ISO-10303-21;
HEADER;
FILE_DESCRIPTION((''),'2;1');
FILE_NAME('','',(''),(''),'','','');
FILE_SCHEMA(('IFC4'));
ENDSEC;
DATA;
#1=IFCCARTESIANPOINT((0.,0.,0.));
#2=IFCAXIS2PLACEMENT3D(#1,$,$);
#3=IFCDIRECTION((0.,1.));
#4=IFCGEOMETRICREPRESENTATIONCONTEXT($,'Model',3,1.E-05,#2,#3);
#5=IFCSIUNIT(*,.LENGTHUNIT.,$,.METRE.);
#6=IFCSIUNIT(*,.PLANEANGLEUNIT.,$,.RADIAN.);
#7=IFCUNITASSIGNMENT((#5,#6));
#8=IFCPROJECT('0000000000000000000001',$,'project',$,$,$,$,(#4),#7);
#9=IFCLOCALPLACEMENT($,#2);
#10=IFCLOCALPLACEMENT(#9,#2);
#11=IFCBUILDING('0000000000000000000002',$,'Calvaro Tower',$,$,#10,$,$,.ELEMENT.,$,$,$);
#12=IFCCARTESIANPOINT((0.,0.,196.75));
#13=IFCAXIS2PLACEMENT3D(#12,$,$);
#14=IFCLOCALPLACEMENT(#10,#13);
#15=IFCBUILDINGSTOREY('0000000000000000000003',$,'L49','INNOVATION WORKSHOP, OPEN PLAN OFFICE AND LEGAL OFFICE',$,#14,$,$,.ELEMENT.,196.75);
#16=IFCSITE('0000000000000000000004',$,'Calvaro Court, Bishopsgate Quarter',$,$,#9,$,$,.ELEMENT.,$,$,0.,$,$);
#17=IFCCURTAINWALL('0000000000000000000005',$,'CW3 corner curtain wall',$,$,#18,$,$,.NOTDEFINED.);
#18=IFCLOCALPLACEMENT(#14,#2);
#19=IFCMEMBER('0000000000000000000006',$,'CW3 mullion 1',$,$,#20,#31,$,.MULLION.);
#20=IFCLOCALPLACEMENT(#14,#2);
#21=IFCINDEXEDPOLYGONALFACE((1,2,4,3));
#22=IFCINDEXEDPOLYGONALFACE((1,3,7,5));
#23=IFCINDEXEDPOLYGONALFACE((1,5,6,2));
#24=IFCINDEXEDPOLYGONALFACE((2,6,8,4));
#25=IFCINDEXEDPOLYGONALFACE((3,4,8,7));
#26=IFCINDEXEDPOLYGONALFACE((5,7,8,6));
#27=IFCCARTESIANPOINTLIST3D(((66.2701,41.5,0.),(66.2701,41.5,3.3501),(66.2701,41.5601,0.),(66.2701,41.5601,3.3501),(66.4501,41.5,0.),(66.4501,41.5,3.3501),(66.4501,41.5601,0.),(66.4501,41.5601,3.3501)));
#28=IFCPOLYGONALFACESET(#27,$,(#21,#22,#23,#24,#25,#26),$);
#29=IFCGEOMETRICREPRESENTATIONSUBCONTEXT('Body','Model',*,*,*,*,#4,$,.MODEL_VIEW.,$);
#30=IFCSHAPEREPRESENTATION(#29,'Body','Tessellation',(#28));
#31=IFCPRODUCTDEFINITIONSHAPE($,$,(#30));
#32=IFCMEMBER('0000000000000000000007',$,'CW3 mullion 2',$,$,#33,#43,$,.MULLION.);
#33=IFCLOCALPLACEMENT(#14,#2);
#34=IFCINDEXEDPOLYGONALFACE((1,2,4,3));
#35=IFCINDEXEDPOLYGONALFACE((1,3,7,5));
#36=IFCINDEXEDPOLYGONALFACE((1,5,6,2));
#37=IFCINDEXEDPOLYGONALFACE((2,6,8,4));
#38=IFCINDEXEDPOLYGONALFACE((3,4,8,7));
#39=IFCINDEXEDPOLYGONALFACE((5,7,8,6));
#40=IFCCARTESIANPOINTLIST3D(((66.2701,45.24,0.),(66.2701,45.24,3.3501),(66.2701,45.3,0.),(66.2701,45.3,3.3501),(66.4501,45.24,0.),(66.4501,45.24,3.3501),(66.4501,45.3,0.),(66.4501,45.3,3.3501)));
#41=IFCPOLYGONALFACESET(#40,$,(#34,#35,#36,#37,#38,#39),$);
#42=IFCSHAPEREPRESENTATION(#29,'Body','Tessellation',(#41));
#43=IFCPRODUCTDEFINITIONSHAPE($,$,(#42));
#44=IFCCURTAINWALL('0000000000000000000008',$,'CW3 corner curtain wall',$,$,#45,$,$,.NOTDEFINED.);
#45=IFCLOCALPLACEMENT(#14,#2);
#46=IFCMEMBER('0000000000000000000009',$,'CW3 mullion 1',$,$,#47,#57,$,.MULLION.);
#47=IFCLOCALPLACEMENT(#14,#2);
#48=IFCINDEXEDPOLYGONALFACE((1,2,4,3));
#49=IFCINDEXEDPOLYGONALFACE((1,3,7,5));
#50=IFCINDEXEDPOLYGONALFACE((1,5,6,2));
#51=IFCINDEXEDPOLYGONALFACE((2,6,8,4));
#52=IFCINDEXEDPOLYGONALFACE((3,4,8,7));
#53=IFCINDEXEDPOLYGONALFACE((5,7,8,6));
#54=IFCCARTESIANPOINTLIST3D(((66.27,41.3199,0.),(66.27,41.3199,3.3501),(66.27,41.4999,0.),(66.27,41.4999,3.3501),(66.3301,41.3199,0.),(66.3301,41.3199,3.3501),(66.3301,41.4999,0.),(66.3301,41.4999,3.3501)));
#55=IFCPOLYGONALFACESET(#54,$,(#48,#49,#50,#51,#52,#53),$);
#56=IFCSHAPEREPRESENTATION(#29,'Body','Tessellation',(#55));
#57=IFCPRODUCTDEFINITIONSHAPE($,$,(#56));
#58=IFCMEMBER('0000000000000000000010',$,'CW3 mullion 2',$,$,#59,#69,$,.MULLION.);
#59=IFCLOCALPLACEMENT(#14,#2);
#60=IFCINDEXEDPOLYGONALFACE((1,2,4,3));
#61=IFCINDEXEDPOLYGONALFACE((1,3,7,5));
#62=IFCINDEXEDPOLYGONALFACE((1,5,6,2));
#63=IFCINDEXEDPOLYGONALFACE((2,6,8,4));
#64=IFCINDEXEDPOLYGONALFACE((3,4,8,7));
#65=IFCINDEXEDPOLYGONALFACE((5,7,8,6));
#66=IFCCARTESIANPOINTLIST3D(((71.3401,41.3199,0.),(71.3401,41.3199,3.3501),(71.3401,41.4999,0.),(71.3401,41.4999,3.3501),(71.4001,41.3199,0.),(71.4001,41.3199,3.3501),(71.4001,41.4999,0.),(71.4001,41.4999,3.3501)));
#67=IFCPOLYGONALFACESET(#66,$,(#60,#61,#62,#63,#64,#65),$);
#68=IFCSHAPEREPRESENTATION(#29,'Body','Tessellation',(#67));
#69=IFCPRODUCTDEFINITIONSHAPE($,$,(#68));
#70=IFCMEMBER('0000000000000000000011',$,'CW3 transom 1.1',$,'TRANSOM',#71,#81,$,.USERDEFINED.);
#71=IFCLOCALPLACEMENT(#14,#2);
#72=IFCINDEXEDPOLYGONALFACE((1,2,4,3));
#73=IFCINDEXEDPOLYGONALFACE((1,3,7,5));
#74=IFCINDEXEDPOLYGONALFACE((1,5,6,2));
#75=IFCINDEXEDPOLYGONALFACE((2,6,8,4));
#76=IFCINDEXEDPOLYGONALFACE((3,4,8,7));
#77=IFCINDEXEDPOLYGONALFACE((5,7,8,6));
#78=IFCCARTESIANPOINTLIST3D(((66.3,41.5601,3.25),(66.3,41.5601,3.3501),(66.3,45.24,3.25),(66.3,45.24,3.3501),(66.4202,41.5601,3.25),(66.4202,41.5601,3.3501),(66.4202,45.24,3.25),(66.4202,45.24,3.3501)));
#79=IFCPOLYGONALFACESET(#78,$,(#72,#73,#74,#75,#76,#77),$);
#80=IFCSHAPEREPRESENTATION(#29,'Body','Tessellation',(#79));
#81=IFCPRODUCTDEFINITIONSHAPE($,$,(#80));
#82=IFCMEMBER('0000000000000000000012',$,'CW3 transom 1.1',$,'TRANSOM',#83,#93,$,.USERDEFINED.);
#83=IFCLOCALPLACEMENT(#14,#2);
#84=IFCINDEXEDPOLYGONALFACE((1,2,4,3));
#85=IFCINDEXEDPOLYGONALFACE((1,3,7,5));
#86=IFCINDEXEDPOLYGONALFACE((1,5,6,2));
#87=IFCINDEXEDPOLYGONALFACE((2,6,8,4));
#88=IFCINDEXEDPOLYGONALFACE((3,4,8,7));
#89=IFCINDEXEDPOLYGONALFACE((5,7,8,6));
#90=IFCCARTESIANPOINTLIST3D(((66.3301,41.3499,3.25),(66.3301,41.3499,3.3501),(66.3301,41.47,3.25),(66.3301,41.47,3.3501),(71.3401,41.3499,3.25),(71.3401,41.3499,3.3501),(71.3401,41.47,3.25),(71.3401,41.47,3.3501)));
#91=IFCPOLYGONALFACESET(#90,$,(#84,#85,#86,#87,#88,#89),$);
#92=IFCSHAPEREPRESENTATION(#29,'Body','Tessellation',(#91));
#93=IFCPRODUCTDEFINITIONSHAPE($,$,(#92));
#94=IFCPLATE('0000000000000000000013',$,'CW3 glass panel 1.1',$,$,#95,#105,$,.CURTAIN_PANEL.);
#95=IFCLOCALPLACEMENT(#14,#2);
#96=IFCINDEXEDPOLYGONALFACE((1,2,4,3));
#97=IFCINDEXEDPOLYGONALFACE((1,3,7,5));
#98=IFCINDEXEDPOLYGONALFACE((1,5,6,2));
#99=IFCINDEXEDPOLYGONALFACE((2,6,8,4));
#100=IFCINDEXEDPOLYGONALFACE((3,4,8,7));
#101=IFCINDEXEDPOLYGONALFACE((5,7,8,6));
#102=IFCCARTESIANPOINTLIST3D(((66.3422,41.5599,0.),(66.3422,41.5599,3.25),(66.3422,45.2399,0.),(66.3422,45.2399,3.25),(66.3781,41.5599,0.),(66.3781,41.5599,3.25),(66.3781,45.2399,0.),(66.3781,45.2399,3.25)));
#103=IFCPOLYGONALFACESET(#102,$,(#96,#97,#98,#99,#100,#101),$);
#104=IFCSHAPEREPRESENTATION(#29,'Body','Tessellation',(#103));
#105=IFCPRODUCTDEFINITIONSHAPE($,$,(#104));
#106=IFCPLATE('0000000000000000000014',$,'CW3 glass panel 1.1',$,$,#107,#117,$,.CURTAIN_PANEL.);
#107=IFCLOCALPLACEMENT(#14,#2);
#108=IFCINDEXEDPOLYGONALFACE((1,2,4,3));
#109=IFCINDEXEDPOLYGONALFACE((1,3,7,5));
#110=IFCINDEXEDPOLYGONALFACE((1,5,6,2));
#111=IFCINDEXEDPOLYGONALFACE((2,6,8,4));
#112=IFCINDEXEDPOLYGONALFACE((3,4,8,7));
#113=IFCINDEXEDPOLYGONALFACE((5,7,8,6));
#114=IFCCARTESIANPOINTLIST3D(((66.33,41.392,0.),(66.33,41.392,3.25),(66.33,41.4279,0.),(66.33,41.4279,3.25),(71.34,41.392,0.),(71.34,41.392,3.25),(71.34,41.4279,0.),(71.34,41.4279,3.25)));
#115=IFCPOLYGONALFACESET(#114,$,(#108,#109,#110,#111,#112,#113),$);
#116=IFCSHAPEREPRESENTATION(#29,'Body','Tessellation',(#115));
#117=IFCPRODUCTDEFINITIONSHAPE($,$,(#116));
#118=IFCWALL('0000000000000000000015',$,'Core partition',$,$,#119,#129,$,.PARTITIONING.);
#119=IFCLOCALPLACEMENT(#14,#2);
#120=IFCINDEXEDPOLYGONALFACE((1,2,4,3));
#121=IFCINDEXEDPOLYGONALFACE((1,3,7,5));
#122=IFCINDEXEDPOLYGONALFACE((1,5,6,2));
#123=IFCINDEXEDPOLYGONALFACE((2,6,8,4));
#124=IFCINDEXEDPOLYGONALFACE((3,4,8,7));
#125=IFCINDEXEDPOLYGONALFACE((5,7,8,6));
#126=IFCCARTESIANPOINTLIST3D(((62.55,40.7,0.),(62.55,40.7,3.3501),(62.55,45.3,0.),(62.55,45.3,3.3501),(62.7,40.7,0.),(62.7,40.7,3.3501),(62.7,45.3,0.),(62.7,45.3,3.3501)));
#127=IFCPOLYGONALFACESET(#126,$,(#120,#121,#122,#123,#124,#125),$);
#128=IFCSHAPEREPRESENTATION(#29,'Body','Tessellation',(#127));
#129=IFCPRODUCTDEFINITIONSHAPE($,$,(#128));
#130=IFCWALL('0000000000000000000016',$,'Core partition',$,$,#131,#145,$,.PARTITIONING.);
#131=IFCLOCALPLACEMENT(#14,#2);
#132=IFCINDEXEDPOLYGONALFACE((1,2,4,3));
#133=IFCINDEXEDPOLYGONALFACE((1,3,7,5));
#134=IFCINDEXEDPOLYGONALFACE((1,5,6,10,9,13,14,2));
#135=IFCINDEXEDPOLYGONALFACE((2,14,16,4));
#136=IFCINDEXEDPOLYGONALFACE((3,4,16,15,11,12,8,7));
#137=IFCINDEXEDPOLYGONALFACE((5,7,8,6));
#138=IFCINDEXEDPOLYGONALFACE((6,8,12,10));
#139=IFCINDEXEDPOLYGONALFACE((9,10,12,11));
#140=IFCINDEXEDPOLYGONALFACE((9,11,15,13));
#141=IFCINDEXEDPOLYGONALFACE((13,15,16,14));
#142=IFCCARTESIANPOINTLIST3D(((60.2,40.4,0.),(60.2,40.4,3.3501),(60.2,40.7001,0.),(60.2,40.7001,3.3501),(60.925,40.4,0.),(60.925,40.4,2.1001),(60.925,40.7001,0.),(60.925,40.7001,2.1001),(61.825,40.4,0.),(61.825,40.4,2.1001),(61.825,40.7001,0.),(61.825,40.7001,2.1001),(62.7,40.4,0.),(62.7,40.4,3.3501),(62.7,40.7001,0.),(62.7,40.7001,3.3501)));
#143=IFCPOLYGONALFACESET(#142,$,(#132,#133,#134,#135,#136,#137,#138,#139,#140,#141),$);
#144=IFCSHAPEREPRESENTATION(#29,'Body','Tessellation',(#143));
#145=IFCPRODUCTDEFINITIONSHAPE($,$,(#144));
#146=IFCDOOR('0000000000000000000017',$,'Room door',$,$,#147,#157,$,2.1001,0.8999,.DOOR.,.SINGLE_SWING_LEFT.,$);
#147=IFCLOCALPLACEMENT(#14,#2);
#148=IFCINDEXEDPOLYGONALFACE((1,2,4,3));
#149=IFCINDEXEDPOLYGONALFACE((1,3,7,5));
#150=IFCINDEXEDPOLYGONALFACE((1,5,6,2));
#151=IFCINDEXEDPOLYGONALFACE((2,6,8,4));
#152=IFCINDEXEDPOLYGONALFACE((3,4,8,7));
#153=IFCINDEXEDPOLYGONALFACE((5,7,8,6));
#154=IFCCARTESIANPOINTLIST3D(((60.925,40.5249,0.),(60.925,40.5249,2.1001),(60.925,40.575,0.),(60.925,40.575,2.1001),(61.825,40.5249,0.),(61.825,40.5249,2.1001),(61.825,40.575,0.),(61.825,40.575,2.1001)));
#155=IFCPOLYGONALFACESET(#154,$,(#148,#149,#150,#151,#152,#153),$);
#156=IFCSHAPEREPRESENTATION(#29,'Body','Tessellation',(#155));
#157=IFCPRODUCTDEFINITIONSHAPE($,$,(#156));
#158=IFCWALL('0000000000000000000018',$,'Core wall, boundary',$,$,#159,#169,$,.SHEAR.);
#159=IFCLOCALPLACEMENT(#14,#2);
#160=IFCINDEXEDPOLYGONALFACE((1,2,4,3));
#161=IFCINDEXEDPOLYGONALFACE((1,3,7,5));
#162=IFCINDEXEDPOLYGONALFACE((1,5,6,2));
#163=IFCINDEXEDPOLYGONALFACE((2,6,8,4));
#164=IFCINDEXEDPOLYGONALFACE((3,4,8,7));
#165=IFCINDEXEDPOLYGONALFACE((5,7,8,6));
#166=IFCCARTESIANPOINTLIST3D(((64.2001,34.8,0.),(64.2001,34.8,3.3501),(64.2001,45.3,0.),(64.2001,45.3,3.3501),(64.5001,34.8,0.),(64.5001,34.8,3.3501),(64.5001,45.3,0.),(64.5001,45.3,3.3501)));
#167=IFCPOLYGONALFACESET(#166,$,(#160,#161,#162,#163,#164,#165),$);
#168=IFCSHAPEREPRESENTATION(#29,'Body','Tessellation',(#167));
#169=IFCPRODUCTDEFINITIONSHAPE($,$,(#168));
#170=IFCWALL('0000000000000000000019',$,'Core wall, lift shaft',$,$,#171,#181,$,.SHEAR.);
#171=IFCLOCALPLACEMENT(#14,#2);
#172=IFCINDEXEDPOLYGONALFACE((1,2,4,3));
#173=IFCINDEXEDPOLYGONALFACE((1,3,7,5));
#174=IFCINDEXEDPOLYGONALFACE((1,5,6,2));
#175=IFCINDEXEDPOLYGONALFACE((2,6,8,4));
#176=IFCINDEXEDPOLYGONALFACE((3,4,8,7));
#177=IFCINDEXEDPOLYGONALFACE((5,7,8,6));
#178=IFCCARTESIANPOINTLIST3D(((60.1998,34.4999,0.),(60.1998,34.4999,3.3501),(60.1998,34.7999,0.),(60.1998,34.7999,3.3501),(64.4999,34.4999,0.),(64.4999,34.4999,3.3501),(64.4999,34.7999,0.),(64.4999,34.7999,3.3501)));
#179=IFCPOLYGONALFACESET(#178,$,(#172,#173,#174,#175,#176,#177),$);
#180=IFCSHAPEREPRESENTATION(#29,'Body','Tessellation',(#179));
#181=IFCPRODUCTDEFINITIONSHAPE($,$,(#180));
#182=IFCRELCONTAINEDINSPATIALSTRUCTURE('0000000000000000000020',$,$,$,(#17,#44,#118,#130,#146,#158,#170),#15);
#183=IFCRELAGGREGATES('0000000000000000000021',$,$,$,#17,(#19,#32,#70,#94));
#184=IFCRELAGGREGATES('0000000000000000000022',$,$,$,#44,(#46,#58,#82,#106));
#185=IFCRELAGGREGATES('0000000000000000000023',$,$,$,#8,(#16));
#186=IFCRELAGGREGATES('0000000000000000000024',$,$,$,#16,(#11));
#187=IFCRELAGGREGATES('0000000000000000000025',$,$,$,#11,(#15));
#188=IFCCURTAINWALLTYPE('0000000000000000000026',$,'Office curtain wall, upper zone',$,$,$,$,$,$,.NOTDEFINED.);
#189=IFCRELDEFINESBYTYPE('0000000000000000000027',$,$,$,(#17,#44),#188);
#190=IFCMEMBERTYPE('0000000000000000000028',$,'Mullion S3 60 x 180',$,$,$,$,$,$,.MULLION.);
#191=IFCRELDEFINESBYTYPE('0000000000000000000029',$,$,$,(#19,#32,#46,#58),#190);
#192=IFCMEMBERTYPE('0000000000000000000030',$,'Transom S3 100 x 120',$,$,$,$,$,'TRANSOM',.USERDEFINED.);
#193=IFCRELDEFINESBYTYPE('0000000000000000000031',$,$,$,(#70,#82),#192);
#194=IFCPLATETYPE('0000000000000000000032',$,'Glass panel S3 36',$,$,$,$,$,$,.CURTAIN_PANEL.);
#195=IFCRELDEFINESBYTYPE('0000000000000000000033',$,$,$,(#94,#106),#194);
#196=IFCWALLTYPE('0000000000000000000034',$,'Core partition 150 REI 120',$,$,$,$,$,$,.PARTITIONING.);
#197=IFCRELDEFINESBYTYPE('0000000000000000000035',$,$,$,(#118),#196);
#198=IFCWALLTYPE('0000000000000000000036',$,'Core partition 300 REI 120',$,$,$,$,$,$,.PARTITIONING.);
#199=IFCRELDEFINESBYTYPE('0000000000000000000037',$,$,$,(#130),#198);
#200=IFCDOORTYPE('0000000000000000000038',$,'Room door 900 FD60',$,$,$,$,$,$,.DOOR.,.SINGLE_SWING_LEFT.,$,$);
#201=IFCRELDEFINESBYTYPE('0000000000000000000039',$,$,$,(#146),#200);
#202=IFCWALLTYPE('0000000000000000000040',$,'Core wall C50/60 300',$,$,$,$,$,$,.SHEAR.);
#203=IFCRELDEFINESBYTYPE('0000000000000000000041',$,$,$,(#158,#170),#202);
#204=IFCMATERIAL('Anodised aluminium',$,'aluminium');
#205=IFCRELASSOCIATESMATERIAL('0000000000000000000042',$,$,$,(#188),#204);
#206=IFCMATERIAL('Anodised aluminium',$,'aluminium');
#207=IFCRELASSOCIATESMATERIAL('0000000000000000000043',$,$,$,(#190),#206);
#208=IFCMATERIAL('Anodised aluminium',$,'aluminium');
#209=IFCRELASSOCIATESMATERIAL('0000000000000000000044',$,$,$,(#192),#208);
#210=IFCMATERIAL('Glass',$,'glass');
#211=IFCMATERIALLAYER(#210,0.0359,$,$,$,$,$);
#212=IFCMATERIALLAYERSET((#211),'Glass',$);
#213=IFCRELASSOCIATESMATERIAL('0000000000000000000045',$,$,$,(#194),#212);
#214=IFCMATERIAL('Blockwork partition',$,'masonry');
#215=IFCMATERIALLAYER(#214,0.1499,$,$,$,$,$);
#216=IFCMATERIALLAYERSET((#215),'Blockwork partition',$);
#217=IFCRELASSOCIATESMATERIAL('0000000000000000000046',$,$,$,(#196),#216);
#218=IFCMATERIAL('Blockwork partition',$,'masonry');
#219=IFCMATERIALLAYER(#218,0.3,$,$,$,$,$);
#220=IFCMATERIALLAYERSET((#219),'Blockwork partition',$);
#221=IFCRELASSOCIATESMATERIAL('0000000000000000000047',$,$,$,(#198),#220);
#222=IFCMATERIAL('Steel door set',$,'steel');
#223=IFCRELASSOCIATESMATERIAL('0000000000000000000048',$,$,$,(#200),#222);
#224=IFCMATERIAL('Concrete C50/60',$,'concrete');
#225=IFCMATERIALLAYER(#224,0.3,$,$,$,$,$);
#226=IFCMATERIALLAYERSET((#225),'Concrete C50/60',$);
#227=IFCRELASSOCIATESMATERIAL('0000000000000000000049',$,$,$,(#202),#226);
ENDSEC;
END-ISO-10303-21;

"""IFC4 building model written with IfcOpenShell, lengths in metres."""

from ifc_helpers import new_model, si_unit, direction, frame, frame_2d, origin, origin_2d, place, context, subcontext, project, spatial, rectangle, extrude, material, layer, layer_set, material_profile, profile_set, type_object, element, fill, aggregate, save


model = new_model("IFC4")

# Units and contexts
model_context = context("Model", 3, precision=1e-05, world=origin(), true_north=direction((0.0, 1.0)))
body_context = subcontext(model_context, "Body", "Model", "MODEL_VIEW")
ifc_project = project(units=[si_unit("LENGTHUNIT", "METRE"), si_unit("PLANEANGLEUNIT", "RADIAN")], contexts=[model_context])

# Site, building, storey
site_placement = place(None, origin())
site = spatial("IfcSite", under=ifc_project, at=site_placement, Name="Calvaro Court, Bishopsgate Quarter", CompositionType="ELEMENT", RefElevation=0.0)
building_placement = place(site_placement, origin())
building = spatial("IfcBuilding", under=site, at=building_placement, Name="Calvaro Tower", CompositionType="ELEMENT")
storey_placement = place(building_placement, frame((0.0, 0.0, 196.75)))
storey = spatial("IfcBuildingStorey", under=building, at=storey_placement, Name="L49", Description="INNOVATION WORKSHOP, OPEN PLAN OFFICE AND LEGAL OFFICE", CompositionType="ELEMENT", Elevation=196.75)

# Curtain walls, members
ifc_material_1 = material(Name="Anodised aluminium", Category="aluminium")
curtain_wall_type = type_object("IfcCurtainWallType", Name="Office curtain wall, upper zone", PredefinedType="NOTDEFINED", material=ifc_material_1)
curtain_wall_1_placement = place(storey_placement, origin())
curtain_wall_1 = element("IfcCurtainWall", 1, at=curtain_wall_1_placement, inside=storey, type_object=curtain_wall_type, Name="CW3 corner curtain wall", PredefinedType="NOTDEFINED")
ifc_material_2 = material(Name="Anodised aluminium", Category="aluminium")
ifc_material_profile_1 = material_profile(ifc_material_2, rectangle(XDim=0.1799, YDim=0.0601, at=origin_2d()), Name="Mullion S3 60 x 180")
ifc_profile_set_1 = profile_set([ifc_material_profile_1], Name="Anodised aluminium")
member_type_1 = type_object("IfcMemberType", Name="Mullion S3 60 x 180", PredefinedType="MULLION", material=ifc_profile_set_1)
member_1_placement = place(storey_placement, frame((66.3601, 41.53, 0.0), z_axis=(0.0, 0.0, 1.0), x_axis=(-1.0, 0.0, 0.0)))
member_1 = element("IfcMember", 2, at=member_1_placement, type_object=member_type_1, Name="CW3 mullion 1", PredefinedType="MULLION", context=body_context, shape_type="SweptSolid", body=[
    extrude(rectangle(XDim=0.1799, YDim=0.0601, at=origin_2d()), origin(), (0.0, 0.0, 1.0), 3.3501),
])
member_2_placement = place(storey_placement, frame((66.3601, 45.27, 0.0), z_axis=(0.0, 0.0, 1.0), x_axis=(-1.0, 0.0, 0.0)))
member_2 = element("IfcMember", 3, at=member_2_placement, type_object=member_type_1, Name="CW3 mullion 2", PredefinedType="MULLION", context=body_context, shape_type="SweptSolid", body=[
    extrude(rectangle(XDim=0.1799, YDim=0.0601, at=origin_2d()), origin(), (0.0, 0.0, 1.0), 3.3501),
])
curtain_wall_2_placement = place(storey_placement, origin())
curtain_wall_2 = element("IfcCurtainWall", 4, at=curtain_wall_2_placement, inside=storey, type_object=curtain_wall_type, Name="CW3 corner curtain wall", PredefinedType="NOTDEFINED")
member_3_placement = place(storey_placement, frame((66.3, 41.4099, 0.0), z_axis=(0.0, 0.0, 1.0), x_axis=(0.0, 1.0, 0.0)))
member_3 = element("IfcMember", 5, at=member_3_placement, type_object=member_type_1, Name="CW3 mullion 1", PredefinedType="MULLION", context=body_context, shape_type="SweptSolid", body=[
    extrude(rectangle(XDim=0.1799, YDim=0.0601, at=origin_2d()), origin(), (0.0, 0.0, 1.0), 3.3501),
])
member_4_placement = place(storey_placement, frame((71.3701, 41.4099, 0.0), z_axis=(0.0, 0.0, 1.0), x_axis=(0.0, 1.0, 0.0)))
member_4 = element("IfcMember", 6, at=member_4_placement, type_object=member_type_1, Name="CW3 mullion 2", PredefinedType="MULLION", context=body_context, shape_type="SweptSolid", body=[
    extrude(rectangle(XDim=0.1799, YDim=0.0601, at=origin_2d()), origin(), (0.0, 0.0, 1.0), 3.3501),
])

# Members
ifc_material_3 = material(Name="Anodised aluminium", Category="aluminium")
ifc_material_profile_2 = material_profile(ifc_material_3, rectangle(XDim=0.1201, YDim=0.1001, at=origin_2d()), Name="Transom S3 100 x 120")
ifc_profile_set_2 = profile_set([ifc_material_profile_2], Name="Anodised aluminium")
member_type_2 = type_object("IfcMemberType", Name="Transom S3 100 x 120", ElementType="TRANSOM", PredefinedType="USERDEFINED", material=ifc_profile_set_2)
member_5_placement = place(storey_placement, frame((66.3601, 41.5601, 3.3), z_axis=(0.0, 1.0, 0.0), x_axis=(-1.0, 0.0, 0.0)))
member_5 = element("IfcMember", 7, at=member_5_placement, type_object=member_type_2, Name="CW3 transom 1.1", ObjectType="TRANSOM", PredefinedType="USERDEFINED", context=body_context, shape_type="SweptSolid", body=[
    extrude(rectangle(XDim=0.1201, YDim=0.1001, at=origin_2d()), origin(), (0.0, 0.0, 1.0), 3.6799),
])
member_6_placement = place(storey_placement, frame((66.3301, 41.4099, 3.3), z_axis=(1.0, 0.0, 0.0), x_axis=(0.0, 1.0, 0.0)))
member_6 = element("IfcMember", 8, at=member_6_placement, type_object=member_type_2, Name="CW3 transom 1.1", ObjectType="TRANSOM", PredefinedType="USERDEFINED", context=body_context, shape_type="SweptSolid", body=[
    extrude(rectangle(XDim=0.1201, YDim=0.1001, at=origin_2d()), origin(), (0.0, 0.0, 1.0), 5.01),
])

# Plates
ifc_material_4 = material(Name="Glass", Category="glass")
ifc_layer_1 = layer(ifc_material_4, 0.0359)
ifc_layer_set_1 = layer_set([ifc_layer_1], Name="Glass")
plate_type = type_object("IfcPlateType", Name="Glass panel S3 36", PredefinedType="CURTAIN_PANEL", material=ifc_layer_set_1)
plate_1_placement = place(storey_placement, frame((66.3601, 43.3999, 0.0), z_axis=(0.0, 0.0, 1.0), x_axis=(0.0, 1.0, 0.0)))
plate_1 = element("IfcPlate", 9, at=plate_1_placement, type_object=plate_type, Name="CW3 glass panel 1.1", PredefinedType="CURTAIN_PANEL", context=body_context, shape_type="SweptSolid", body=[
    extrude(rectangle(XDim=3.6799, YDim=0.0359, at=origin_2d()), origin(), (0.0, 0.0, 1.0), 3.25),
])
aggregate(curtain_wall_1, [member_1, member_2, member_5, plate_1])
plate_2_placement = place(storey_placement, frame((68.835, 41.4099, 0.0), z_axis=(0.0, 0.0, 1.0), x_axis=(1.0, 0.0, 0.0)))
plate_2 = element("IfcPlate", 10, at=plate_2_placement, type_object=plate_type, Name="CW3 glass panel 1.1", PredefinedType="CURTAIN_PANEL", context=body_context, shape_type="SweptSolid", body=[
    extrude(rectangle(XDim=5.01, YDim=0.0359, at=origin_2d()), origin(), (0.0, 0.0, 1.0), 3.25),
])
aggregate(curtain_wall_2, [member_3, member_4, member_6, plate_2])

# Wall
ifc_material_5 = material(Name="Blockwork partition", Category="masonry")
ifc_layer_2 = layer(ifc_material_5, 0.1499)
ifc_layer_set_2 = layer_set([ifc_layer_2], Name="Blockwork partition")
wall_type_1 = type_object("IfcWallType", Name="Core partition 150 REI 120", PredefinedType="PARTITIONING", material=ifc_layer_set_2)
wall_1_placement = place(storey_placement, frame((62.625, 40.7, 0.0), z_axis=(0.0, 0.0, 1.0), x_axis=(0.0, 1.0, 0.0)))
element("IfcWall", 11, at=wall_1_placement, inside=storey, type_object=wall_type_1, Name="Core partition", PredefinedType="PARTITIONING", context=body_context, shape_type="SweptSolid", body=[
    extrude(rectangle(XDim=4.6001, YDim=0.1499, at=frame_2d((2.3, 0.0))), origin(), (0.0, 0.0, 1.0), 3.3501),
])

# Wall, opening, door
ifc_material_6 = material(Name="Blockwork partition", Category="masonry")
ifc_layer_3 = layer(ifc_material_6, 0.3)
ifc_layer_set_3 = layer_set([ifc_layer_3], Name="Blockwork partition")
wall_type_2 = type_object("IfcWallType", Name="Core partition 300 REI 120", PredefinedType="PARTITIONING", material=ifc_layer_set_3)
wall_2_placement = place(storey_placement, frame((60.2, 40.55, 0.0), z_axis=(0.0, 0.0, 1.0), x_axis=(1.0, 0.0, 0.0)))
wall_2 = element("IfcWall", 12, at=wall_2_placement, inside=storey, type_object=wall_type_2, Name="Core partition", PredefinedType="PARTITIONING", context=body_context, shape_type="SweptSolid", body=[
    extrude(rectangle(XDim=2.5, YDim=0.3, at=frame_2d((1.25, 0.0))), origin(), (0.0, 0.0, 1.0), 3.3501),
])
opening_1_placement = place(wall_2_placement, frame((0.7251, 0.0, 0.0)))
opening_1 = element("IfcOpeningElement", 13, at=opening_1_placement, cuts=wall_2, PredefinedType="OPENING", context=body_context, shape_type="SweptSolid", body=[
    extrude(rectangle(XDim=0.8999, YDim=2.1001, at=frame_2d((0.45, 1.05))), frame((0.0, 0.1599, 0.0), z_axis=(0.0, -1.0, 0.0), x_axis=(1.0, 0.0, 0.0)), (0.0, 0.0, 1.0), 0.3201),
])
ifc_material_7 = material(Name="Steel door set", Category="steel")
door_type_1 = type_object("IfcDoorType", Name="Room door 900 FD60", OperationType="SINGLE_SWING_LEFT", PredefinedType="DOOR", material=ifc_material_7)
door_1_placement = place(opening_1_placement, origin())
door_1 = element("IfcDoor", 14, at=door_1_placement, inside=storey, type_object=door_type_1, Name="Room door", OperationType="SINGLE_SWING_LEFT", OverallHeight=2.1001, OverallWidth=0.8999, PredefinedType="DOOR", context=body_context, shape_type="SweptSolid", body=[
    extrude(rectangle(XDim=0.8999, YDim=2.1001, at=frame_2d((0.45, 1.05))), frame((0.0, 0.0249, 0.0), z_axis=(0.0, -1.0, 0.0), x_axis=(1.0, 0.0, 0.0)), (0.0, 0.0, 1.0), 0.05),
])
fill(opening_1, door_1)

# Walls
ifc_material_8 = material(Name="Concrete C50/60", Category="concrete")
ifc_layer_4 = layer(ifc_material_8, 0.3)
ifc_layer_set_4 = layer_set([ifc_layer_4], Name="Concrete C50/60")
wall_type_3 = type_object("IfcWallType", Name="Core wall C50/60 300", PredefinedType="SHEAR", material=ifc_layer_set_4)
wall_3_placement = place(storey_placement, frame((64.3501, 34.8, 0.0), z_axis=(0.0, 0.0, 1.0), x_axis=(0.0, 1.0, 0.0)))
element("IfcWall", 15, at=wall_3_placement, inside=storey, type_object=wall_type_3, Name="Core wall, boundary", PredefinedType="SHEAR", context=body_context, shape_type="SweptSolid", body=[
    extrude(rectangle(XDim=10.5, YDim=0.3, at=frame_2d((5.25, 0.0))), origin(), (0.0, 0.0, 1.0), 3.3501),
])
wall_4_placement = place(storey_placement, frame((60.2, 34.6499, 0.0), z_axis=(0.0, 0.0, 1.0), x_axis=(1.0, 0.0, 0.0)))
element("IfcWall", 16, at=wall_4_placement, inside=storey, type_object=wall_type_3, Name="Core wall, lift shaft", PredefinedType="SHEAR", context=body_context, shape_type="SweptSolid", body=[
    extrude(rectangle(XDim=4.3, YDim=0.3, at=frame_2d((2.1499, 0.0))), origin(), (0.0, 0.0, 1.0), 3.3501),
])

save(model, "model.ifc")
